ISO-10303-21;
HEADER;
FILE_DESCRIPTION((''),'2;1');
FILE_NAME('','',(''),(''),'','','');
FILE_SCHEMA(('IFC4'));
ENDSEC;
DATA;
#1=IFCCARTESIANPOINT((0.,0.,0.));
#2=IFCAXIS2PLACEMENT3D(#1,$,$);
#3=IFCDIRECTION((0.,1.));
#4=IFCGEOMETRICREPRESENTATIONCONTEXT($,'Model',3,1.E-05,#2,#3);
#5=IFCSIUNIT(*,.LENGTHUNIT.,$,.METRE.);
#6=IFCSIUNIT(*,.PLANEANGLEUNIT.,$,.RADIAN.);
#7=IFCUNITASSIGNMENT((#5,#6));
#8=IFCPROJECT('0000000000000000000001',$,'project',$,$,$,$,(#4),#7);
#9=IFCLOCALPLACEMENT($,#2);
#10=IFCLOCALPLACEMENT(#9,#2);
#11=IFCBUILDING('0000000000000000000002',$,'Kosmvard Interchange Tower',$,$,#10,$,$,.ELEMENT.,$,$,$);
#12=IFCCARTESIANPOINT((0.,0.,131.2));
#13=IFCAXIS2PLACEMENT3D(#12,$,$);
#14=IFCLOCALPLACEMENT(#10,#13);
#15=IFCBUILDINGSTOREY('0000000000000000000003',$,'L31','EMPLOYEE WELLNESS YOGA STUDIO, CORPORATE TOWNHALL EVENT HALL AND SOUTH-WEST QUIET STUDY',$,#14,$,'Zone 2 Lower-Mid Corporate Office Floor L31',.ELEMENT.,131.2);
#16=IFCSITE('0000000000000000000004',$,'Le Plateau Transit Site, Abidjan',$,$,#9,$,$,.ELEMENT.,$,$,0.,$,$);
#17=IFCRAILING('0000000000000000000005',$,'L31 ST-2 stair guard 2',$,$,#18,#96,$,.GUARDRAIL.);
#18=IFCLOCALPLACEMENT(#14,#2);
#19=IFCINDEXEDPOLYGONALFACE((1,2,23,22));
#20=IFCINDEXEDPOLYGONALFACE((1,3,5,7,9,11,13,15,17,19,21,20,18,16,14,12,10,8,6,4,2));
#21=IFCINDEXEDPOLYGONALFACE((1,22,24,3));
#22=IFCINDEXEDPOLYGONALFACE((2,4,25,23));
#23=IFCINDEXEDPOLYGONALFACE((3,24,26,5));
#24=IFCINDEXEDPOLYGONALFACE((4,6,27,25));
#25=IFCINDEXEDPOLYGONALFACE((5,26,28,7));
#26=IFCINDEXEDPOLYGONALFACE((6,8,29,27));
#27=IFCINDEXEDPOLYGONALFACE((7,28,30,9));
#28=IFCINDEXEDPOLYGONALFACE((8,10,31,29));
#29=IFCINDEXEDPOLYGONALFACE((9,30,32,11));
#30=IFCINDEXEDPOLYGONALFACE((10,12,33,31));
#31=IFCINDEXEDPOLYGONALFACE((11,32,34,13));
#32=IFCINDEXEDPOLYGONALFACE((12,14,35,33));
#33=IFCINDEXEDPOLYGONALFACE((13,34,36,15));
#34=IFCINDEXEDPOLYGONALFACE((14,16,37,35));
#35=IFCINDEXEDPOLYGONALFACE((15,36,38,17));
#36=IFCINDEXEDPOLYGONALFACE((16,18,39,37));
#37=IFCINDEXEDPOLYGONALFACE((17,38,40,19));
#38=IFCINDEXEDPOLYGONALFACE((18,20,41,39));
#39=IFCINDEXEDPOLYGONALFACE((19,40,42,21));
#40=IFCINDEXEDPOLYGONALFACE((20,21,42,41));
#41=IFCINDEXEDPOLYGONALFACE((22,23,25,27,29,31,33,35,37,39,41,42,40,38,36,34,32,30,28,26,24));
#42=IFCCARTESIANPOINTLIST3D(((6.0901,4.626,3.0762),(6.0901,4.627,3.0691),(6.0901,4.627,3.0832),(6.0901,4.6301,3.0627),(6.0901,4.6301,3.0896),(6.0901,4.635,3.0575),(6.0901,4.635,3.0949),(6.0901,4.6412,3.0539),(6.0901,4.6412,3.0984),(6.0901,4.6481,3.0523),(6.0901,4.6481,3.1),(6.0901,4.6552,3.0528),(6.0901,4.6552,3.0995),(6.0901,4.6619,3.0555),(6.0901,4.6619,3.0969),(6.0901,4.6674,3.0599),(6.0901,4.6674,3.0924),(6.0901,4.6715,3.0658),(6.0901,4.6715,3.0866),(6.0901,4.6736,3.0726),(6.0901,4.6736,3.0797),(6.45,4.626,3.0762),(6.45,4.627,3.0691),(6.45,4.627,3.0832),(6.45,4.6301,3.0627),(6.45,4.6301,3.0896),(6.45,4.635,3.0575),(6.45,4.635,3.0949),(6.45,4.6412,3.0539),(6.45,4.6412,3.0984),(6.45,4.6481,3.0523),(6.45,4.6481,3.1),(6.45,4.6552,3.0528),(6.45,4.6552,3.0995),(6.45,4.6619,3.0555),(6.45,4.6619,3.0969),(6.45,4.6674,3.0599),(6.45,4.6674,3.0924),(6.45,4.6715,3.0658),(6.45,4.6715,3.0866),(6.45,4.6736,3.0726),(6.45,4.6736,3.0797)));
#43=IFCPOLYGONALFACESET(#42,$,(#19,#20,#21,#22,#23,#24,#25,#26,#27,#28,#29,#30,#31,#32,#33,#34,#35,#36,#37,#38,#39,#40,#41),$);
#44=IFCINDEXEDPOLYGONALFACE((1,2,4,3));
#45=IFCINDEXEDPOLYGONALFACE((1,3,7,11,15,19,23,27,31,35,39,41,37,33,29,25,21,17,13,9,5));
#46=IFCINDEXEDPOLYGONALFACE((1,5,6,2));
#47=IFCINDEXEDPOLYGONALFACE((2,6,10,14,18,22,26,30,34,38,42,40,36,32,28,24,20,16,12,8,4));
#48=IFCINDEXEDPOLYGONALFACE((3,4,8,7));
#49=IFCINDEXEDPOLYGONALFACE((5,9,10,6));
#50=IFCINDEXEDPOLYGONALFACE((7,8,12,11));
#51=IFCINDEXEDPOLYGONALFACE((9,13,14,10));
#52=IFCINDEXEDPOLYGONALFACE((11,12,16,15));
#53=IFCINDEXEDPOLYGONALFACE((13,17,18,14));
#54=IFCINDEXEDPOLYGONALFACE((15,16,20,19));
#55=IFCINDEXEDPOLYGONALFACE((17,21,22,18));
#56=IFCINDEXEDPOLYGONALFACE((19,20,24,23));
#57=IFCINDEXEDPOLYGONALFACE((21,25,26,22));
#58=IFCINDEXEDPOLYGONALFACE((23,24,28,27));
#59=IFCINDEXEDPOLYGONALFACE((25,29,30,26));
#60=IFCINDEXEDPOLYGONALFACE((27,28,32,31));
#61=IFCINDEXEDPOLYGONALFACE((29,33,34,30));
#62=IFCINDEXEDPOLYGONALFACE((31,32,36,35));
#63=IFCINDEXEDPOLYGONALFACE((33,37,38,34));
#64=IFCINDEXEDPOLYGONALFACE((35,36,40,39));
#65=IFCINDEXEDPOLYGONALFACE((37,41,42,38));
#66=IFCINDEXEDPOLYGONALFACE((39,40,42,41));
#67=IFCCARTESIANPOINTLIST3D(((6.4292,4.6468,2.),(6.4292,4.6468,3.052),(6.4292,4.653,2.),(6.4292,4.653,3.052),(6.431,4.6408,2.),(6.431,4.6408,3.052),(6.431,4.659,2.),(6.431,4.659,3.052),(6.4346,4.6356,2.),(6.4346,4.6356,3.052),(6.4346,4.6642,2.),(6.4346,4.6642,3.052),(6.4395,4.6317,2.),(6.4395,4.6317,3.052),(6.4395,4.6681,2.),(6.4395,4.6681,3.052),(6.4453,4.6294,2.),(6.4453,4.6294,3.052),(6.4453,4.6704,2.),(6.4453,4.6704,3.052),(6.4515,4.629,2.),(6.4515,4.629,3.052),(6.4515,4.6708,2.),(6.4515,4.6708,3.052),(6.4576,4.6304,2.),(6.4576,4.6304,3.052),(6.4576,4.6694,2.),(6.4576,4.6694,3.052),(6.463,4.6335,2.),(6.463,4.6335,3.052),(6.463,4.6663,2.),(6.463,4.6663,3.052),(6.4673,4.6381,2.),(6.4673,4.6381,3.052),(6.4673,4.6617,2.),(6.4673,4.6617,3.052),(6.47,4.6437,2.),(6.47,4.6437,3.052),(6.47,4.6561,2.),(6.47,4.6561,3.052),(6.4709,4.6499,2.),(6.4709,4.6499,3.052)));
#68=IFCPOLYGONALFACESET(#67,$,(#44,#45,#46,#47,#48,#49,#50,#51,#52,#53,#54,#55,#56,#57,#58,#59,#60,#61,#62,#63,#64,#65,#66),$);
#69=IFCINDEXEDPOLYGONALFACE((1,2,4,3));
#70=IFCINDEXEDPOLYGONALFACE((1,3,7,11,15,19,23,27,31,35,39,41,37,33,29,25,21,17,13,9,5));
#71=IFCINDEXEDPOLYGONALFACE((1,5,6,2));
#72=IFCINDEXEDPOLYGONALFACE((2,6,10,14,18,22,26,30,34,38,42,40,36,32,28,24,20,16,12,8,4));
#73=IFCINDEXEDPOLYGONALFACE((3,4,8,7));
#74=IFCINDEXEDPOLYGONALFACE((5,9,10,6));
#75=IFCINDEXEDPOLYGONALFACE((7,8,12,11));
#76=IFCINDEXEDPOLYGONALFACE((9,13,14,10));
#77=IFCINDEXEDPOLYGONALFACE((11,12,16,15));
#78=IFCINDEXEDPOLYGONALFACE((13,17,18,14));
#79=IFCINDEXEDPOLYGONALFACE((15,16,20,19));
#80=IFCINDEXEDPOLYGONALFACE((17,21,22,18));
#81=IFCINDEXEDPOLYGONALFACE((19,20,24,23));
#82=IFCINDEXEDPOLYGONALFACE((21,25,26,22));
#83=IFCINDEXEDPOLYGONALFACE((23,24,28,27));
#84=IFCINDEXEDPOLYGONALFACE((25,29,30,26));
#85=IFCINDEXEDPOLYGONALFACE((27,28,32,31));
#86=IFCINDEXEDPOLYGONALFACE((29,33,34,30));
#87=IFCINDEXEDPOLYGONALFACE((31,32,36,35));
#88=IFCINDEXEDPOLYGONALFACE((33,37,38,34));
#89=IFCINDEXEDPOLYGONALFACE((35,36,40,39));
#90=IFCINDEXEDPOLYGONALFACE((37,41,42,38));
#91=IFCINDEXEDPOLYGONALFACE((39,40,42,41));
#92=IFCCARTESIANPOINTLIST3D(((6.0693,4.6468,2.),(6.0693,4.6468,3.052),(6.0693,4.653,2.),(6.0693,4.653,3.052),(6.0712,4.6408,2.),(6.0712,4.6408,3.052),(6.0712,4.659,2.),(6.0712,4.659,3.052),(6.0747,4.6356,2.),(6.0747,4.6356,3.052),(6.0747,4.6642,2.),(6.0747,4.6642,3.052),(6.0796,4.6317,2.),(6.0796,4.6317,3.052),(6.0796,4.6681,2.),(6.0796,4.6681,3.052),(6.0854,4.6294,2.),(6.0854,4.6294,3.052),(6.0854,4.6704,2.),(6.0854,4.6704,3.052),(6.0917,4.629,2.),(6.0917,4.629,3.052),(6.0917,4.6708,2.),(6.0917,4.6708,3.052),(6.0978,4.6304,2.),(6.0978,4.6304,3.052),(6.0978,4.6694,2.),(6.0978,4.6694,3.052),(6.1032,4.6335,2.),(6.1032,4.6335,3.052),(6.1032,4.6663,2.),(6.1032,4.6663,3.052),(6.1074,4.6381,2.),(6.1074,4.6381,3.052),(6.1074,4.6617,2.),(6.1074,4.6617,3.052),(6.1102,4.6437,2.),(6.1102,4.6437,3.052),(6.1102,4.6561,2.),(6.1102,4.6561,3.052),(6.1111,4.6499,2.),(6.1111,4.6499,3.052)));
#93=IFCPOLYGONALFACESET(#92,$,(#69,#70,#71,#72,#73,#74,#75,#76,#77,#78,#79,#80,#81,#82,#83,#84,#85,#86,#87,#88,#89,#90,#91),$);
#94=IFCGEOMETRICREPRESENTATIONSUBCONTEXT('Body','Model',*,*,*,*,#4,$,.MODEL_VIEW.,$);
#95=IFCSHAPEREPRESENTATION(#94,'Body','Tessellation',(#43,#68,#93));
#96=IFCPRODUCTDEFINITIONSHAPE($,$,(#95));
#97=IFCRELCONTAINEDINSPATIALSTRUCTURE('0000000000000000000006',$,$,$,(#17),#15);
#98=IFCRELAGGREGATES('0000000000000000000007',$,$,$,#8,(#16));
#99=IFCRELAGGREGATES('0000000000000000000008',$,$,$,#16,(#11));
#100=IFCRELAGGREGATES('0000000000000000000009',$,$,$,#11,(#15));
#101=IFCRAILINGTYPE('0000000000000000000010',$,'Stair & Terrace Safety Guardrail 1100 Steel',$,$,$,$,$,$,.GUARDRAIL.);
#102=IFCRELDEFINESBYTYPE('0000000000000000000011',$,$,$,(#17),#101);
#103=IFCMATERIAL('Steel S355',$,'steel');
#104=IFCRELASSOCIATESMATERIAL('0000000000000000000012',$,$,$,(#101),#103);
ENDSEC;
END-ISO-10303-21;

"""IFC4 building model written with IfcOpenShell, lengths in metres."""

from ifc_helpers import new_model, si_unit, direction, frame, origin, origin_2d, place, context, subcontext, project, spatial, circle, extrude, source, transform, mapped, material, type_object, element, save


model = new_model("IFC4")

# Units and contexts
model_context = context("Model", 3, precision=1e-05, world=origin(), true_north=direction((0.0, 1.0)))
body_context = subcontext(model_context, "Body", "Model", "MODEL_VIEW")
ifc_project = project(units=[si_unit("LENGTHUNIT", "METRE"), si_unit("PLANEANGLEUNIT", "RADIAN")], contexts=[model_context])

# Site, building, storey
site_placement = place(None, origin())
site = spatial("IfcSite", under=ifc_project, at=site_placement, Name="Le Plateau Transit Site, Abidjan", CompositionType="ELEMENT", RefElevation=0.0)
building_placement = place(site_placement, origin())
building = spatial("IfcBuilding", under=site, at=building_placement, Name="Kosmvard Interchange Tower", CompositionType="ELEMENT")
storey_placement = place(building_placement, frame((0.0, 0.0, 131.2)))
storey = spatial("IfcBuildingStorey", under=building, at=storey_placement, Name="L31", Description="EMPLOYEE WELLNESS YOGA STUDIO, CORPORATE TOWNHALL EVENT HALL AND SOUTH-WEST QUIET STUDY", LongName="Zone 2 Lower-Mid Corporate Office Floor L31", CompositionType="ELEMENT", Elevation=131.2)

# Shared definitions
ifc_material_1 = material(Name="Steel S355", Category="steel")

# Railing
railing_type_1 = type_object("IfcRailingType", Name="Stair & Terrace Safety Guardrail 1100 Steel", PredefinedType="GUARDRAIL", material=ifc_material_1)
shared_shape_1 = source(origin(), body_context, "Body", "SweptSolid", [
    extrude(circle(Radius=0.0239, at=origin_2d()), frame((0.0, 0.0, 1.0762), z_axis=(-1.0, 0.0, 0.0), x_axis=(0.0, -1.0, 0.0)), (0.0, 0.0, 1.0), 0.3599),
    extrude(circle(Radius=0.021, at=origin_2d()), origin(), (0.0, 0.0, 1.0), 1.052),
    extrude(circle(Radius=0.021, at=origin_2d()), frame((-0.3599, 0.0, 0.0)), (0.0, 0.0, 1.0), 1.052),
])
railing_1_placement = place(storey_placement, frame((6.45, 4.6499, 2.0)))
element("IfcRailing", 1, at=railing_1_placement, inside=storey, type_object=railing_type_1, Name="L31 ST-2 stair guard 2", PredefinedType="GUARDRAIL", context=body_context, shape_type="MappedRepresentation", body=[
    mapped(shared_shape_1, transform((0.0, 0.0, 0.0), scale=1.0)),
])

save(model, "model.ifc")
